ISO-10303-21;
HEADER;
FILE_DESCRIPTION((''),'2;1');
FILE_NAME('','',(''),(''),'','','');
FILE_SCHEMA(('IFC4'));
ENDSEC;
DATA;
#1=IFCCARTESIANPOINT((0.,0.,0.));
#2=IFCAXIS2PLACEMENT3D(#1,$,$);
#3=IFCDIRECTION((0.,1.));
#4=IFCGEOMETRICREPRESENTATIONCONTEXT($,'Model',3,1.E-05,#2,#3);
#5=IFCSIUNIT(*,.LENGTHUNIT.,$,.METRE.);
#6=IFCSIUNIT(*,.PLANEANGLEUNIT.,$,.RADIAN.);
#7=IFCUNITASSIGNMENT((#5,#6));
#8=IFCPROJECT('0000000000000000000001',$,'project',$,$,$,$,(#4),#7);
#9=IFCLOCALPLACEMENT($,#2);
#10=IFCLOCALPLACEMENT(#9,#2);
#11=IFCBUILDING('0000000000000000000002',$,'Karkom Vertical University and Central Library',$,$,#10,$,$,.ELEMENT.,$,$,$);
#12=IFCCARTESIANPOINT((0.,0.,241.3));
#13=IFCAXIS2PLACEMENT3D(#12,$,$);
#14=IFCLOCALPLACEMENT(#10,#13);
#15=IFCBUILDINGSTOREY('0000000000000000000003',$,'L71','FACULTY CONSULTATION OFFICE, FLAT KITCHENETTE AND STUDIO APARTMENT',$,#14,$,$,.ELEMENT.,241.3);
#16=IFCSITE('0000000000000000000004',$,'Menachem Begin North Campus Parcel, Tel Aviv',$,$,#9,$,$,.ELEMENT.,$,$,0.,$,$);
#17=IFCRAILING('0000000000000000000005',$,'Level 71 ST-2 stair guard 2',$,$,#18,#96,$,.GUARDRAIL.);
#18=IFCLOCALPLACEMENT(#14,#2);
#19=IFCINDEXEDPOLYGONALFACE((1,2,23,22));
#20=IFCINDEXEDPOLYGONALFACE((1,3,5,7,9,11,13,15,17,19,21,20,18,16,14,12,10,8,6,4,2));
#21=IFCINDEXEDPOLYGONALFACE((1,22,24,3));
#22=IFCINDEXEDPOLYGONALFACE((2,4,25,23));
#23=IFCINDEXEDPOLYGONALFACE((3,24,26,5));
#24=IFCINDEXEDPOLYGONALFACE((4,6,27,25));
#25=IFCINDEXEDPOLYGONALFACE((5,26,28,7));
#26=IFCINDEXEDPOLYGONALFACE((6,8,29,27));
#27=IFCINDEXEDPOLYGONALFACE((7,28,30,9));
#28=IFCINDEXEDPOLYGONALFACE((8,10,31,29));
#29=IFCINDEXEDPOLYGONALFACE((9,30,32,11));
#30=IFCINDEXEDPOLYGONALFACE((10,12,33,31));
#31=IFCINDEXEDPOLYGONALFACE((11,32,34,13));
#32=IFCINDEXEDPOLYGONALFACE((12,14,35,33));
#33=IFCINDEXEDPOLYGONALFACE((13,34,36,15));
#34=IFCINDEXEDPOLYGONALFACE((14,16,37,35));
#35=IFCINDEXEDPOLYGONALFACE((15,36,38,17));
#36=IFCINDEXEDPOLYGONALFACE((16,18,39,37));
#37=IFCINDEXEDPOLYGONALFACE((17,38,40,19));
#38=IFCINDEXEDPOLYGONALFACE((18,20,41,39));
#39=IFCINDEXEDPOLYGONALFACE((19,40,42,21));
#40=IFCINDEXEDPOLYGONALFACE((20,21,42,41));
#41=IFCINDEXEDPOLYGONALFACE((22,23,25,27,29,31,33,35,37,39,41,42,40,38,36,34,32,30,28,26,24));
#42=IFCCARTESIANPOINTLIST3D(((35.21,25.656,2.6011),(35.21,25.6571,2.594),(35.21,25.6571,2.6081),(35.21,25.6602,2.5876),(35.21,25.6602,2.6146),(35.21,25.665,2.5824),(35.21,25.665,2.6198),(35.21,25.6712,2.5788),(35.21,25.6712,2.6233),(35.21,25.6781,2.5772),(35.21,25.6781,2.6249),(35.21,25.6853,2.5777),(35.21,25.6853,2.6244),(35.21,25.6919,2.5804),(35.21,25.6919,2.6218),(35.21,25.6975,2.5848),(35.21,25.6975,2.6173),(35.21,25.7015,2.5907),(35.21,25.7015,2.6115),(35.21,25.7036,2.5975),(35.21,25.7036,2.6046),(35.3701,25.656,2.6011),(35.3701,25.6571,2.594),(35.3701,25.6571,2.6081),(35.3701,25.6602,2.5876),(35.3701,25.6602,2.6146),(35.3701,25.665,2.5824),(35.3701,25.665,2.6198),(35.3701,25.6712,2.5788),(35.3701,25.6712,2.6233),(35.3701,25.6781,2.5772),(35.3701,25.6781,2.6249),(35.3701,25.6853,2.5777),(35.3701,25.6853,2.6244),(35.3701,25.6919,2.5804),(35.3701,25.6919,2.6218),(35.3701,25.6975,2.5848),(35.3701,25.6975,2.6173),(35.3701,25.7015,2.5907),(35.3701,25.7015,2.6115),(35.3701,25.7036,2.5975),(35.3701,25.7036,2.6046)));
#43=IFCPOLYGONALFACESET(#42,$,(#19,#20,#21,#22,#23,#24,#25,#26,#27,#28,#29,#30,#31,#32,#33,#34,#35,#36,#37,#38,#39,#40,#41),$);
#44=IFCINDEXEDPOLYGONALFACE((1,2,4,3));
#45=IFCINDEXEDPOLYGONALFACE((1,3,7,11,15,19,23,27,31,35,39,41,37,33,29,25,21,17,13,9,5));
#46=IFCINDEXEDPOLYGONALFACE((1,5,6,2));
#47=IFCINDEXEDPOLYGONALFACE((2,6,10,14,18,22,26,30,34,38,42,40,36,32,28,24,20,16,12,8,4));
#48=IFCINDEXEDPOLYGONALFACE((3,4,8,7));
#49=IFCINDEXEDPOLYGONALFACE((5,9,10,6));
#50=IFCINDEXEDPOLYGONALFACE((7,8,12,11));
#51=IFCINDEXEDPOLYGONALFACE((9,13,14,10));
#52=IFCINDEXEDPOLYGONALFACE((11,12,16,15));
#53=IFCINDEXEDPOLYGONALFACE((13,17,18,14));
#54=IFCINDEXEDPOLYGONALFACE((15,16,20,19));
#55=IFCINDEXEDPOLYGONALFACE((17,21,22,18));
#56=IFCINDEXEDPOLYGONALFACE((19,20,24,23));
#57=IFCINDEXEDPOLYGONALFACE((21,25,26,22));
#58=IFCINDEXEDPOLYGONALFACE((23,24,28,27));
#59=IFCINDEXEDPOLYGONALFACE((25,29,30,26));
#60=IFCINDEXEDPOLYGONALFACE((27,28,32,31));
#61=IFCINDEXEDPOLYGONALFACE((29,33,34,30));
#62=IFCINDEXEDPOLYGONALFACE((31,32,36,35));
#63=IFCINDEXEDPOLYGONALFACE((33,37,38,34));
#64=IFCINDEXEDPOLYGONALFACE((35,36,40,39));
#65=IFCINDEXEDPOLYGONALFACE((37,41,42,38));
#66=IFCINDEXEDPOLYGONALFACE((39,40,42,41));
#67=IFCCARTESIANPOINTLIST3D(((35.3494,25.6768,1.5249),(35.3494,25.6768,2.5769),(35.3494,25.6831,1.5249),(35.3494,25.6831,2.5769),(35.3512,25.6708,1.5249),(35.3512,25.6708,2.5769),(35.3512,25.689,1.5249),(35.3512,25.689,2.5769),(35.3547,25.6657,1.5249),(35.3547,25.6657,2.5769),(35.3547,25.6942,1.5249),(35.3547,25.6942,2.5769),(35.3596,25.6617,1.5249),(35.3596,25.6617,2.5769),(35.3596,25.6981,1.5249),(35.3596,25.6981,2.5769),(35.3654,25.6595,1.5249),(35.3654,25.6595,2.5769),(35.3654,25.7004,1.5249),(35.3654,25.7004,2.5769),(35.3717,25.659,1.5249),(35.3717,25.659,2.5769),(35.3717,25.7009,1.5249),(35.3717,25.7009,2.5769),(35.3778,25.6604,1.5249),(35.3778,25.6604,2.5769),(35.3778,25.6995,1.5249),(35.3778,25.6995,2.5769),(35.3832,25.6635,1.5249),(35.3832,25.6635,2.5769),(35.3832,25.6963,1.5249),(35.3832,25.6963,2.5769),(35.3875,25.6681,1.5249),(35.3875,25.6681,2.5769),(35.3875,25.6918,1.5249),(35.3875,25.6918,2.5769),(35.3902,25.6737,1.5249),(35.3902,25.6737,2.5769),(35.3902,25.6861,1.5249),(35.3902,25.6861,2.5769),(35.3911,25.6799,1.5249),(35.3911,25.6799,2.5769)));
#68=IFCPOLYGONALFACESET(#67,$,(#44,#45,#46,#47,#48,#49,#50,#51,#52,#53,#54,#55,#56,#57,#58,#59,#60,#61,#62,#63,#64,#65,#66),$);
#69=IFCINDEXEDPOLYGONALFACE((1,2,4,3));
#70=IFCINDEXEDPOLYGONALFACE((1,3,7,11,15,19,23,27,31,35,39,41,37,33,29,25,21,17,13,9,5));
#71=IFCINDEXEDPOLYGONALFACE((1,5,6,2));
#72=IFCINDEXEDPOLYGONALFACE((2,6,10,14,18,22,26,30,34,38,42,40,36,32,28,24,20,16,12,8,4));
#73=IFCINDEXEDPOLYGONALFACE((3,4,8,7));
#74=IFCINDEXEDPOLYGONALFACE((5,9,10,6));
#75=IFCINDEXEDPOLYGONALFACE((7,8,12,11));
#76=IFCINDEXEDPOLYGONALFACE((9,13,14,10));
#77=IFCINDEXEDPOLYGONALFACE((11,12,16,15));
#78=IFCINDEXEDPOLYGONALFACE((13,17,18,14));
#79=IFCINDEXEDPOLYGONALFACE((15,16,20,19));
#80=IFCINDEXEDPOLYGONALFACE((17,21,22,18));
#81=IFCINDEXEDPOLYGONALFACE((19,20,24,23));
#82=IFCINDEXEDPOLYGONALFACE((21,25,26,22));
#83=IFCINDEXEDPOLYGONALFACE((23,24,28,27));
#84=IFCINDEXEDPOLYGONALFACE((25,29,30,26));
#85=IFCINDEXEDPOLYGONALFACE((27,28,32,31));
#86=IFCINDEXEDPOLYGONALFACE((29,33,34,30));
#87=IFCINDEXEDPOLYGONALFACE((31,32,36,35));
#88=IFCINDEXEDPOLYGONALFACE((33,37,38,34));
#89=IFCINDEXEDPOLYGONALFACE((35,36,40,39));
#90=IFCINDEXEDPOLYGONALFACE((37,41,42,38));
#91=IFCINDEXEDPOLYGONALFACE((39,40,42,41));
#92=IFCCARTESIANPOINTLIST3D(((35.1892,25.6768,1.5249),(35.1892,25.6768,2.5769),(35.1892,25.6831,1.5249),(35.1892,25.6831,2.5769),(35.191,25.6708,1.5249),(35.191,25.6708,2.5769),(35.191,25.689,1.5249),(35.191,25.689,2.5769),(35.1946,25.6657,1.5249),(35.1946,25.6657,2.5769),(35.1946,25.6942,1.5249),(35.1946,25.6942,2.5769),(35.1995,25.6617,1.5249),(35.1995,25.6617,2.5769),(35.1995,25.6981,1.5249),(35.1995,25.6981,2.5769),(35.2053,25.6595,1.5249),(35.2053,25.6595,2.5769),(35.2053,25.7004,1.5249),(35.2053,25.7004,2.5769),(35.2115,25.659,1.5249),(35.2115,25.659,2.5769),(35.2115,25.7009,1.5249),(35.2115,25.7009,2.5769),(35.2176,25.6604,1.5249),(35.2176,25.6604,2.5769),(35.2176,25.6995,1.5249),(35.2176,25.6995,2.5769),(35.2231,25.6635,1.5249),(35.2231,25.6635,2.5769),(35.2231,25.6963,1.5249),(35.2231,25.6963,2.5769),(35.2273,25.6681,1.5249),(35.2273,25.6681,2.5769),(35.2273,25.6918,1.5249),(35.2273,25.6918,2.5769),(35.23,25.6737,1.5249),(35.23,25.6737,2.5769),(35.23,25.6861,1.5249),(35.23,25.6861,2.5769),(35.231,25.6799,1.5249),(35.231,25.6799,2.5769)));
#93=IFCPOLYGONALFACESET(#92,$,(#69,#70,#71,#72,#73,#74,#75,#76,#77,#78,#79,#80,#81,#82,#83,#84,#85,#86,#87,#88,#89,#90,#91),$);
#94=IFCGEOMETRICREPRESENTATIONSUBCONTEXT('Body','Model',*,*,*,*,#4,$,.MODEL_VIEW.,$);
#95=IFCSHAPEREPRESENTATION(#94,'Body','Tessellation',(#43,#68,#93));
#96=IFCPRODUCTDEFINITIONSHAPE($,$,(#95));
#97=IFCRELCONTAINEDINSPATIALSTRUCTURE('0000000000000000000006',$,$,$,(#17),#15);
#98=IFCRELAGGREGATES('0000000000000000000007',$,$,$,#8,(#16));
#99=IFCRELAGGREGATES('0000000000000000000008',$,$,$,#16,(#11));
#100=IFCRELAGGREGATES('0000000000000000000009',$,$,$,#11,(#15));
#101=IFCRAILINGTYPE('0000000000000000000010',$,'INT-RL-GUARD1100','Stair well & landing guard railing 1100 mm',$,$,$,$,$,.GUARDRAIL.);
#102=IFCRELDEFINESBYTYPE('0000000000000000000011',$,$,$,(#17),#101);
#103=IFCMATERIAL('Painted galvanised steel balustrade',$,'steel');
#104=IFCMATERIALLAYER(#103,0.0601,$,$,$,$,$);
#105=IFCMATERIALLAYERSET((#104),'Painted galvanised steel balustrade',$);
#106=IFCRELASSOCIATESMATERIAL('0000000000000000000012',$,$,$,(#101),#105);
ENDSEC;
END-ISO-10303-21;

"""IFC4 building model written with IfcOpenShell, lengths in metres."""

from ifc_helpers import new_model, si_unit, direction, frame, origin, origin_2d, place, context, subcontext, project, spatial, circle, extrude, material, layer, layer_set, type_object, element, save


model = new_model("IFC4")

# Units and contexts
model_context = context("Model", 3, precision=1e-05, world=origin(), true_north=direction((0.0, 1.0)))
body_context = subcontext(model_context, "Body", "Model", "MODEL_VIEW")
ifc_project = project(units=[si_unit("LENGTHUNIT", "METRE"), si_unit("PLANEANGLEUNIT", "RADIAN")], contexts=[model_context])

# Site, building, storey
site_placement = place(None, origin())
site = spatial("IfcSite", under=ifc_project, at=site_placement, Name="Menachem Begin North Campus Parcel, Tel Aviv", CompositionType="ELEMENT", RefElevation=0.0)
building_placement = place(site_placement, origin())
building = spatial("IfcBuilding", under=site, at=building_placement, Name="Karkom Vertical University and Central Library", CompositionType="ELEMENT")
storey_placement = place(building_placement, frame((0.0, 0.0, 241.3)))
storey = spatial("IfcBuildingStorey", under=building, at=storey_placement, Name="L71", Description="FACULTY CONSULTATION OFFICE, FLAT KITCHENETTE AND STUDIO APARTMENT", CompositionType="ELEMENT", Elevation=241.3)

# Railing
ifc_material_1 = material(Name="Painted galvanised steel balustrade", Category="steel")
ifc_layer_1 = layer(ifc_material_1, 0.0601)
ifc_layer_set_1 = layer_set([ifc_layer_1], Name="Painted galvanised steel balustrade")
railing_type_1 = type_object("IfcRailingType", Name="INT-RL-GUARD1100", Description="Stair well & landing guard railing 1100 mm", PredefinedType="GUARDRAIL", material=ifc_layer_set_1)
railing_1_placement = place(storey_placement, frame((35.3701, 25.6799, 1.5249)))
element("IfcRailing", 1, at=railing_1_placement, inside=storey, type_object=railing_type_1, Name="Level 71 ST-2 stair guard 2", PredefinedType="GUARDRAIL", context=body_context, shape_type="SweptSolid", body=[
    extrude(circle(Radius=0.0239, at=origin_2d()), frame((0.0, 0.0, 1.0762), z_axis=(-1.0, 0.0, 0.0), x_axis=(0.0, -1.0, 0.0)), (0.0, 0.0, 1.0), 0.1602),
    extrude(circle(Radius=0.021, at=origin_2d()), origin(), (0.0, 0.0, 1.0), 1.052),
    extrude(circle(Radius=0.021, at=origin_2d()), frame((-0.1602, 0.0, 0.0)), (0.0, 0.0, 1.0), 1.052),
])

save(model, "model.ifc")
